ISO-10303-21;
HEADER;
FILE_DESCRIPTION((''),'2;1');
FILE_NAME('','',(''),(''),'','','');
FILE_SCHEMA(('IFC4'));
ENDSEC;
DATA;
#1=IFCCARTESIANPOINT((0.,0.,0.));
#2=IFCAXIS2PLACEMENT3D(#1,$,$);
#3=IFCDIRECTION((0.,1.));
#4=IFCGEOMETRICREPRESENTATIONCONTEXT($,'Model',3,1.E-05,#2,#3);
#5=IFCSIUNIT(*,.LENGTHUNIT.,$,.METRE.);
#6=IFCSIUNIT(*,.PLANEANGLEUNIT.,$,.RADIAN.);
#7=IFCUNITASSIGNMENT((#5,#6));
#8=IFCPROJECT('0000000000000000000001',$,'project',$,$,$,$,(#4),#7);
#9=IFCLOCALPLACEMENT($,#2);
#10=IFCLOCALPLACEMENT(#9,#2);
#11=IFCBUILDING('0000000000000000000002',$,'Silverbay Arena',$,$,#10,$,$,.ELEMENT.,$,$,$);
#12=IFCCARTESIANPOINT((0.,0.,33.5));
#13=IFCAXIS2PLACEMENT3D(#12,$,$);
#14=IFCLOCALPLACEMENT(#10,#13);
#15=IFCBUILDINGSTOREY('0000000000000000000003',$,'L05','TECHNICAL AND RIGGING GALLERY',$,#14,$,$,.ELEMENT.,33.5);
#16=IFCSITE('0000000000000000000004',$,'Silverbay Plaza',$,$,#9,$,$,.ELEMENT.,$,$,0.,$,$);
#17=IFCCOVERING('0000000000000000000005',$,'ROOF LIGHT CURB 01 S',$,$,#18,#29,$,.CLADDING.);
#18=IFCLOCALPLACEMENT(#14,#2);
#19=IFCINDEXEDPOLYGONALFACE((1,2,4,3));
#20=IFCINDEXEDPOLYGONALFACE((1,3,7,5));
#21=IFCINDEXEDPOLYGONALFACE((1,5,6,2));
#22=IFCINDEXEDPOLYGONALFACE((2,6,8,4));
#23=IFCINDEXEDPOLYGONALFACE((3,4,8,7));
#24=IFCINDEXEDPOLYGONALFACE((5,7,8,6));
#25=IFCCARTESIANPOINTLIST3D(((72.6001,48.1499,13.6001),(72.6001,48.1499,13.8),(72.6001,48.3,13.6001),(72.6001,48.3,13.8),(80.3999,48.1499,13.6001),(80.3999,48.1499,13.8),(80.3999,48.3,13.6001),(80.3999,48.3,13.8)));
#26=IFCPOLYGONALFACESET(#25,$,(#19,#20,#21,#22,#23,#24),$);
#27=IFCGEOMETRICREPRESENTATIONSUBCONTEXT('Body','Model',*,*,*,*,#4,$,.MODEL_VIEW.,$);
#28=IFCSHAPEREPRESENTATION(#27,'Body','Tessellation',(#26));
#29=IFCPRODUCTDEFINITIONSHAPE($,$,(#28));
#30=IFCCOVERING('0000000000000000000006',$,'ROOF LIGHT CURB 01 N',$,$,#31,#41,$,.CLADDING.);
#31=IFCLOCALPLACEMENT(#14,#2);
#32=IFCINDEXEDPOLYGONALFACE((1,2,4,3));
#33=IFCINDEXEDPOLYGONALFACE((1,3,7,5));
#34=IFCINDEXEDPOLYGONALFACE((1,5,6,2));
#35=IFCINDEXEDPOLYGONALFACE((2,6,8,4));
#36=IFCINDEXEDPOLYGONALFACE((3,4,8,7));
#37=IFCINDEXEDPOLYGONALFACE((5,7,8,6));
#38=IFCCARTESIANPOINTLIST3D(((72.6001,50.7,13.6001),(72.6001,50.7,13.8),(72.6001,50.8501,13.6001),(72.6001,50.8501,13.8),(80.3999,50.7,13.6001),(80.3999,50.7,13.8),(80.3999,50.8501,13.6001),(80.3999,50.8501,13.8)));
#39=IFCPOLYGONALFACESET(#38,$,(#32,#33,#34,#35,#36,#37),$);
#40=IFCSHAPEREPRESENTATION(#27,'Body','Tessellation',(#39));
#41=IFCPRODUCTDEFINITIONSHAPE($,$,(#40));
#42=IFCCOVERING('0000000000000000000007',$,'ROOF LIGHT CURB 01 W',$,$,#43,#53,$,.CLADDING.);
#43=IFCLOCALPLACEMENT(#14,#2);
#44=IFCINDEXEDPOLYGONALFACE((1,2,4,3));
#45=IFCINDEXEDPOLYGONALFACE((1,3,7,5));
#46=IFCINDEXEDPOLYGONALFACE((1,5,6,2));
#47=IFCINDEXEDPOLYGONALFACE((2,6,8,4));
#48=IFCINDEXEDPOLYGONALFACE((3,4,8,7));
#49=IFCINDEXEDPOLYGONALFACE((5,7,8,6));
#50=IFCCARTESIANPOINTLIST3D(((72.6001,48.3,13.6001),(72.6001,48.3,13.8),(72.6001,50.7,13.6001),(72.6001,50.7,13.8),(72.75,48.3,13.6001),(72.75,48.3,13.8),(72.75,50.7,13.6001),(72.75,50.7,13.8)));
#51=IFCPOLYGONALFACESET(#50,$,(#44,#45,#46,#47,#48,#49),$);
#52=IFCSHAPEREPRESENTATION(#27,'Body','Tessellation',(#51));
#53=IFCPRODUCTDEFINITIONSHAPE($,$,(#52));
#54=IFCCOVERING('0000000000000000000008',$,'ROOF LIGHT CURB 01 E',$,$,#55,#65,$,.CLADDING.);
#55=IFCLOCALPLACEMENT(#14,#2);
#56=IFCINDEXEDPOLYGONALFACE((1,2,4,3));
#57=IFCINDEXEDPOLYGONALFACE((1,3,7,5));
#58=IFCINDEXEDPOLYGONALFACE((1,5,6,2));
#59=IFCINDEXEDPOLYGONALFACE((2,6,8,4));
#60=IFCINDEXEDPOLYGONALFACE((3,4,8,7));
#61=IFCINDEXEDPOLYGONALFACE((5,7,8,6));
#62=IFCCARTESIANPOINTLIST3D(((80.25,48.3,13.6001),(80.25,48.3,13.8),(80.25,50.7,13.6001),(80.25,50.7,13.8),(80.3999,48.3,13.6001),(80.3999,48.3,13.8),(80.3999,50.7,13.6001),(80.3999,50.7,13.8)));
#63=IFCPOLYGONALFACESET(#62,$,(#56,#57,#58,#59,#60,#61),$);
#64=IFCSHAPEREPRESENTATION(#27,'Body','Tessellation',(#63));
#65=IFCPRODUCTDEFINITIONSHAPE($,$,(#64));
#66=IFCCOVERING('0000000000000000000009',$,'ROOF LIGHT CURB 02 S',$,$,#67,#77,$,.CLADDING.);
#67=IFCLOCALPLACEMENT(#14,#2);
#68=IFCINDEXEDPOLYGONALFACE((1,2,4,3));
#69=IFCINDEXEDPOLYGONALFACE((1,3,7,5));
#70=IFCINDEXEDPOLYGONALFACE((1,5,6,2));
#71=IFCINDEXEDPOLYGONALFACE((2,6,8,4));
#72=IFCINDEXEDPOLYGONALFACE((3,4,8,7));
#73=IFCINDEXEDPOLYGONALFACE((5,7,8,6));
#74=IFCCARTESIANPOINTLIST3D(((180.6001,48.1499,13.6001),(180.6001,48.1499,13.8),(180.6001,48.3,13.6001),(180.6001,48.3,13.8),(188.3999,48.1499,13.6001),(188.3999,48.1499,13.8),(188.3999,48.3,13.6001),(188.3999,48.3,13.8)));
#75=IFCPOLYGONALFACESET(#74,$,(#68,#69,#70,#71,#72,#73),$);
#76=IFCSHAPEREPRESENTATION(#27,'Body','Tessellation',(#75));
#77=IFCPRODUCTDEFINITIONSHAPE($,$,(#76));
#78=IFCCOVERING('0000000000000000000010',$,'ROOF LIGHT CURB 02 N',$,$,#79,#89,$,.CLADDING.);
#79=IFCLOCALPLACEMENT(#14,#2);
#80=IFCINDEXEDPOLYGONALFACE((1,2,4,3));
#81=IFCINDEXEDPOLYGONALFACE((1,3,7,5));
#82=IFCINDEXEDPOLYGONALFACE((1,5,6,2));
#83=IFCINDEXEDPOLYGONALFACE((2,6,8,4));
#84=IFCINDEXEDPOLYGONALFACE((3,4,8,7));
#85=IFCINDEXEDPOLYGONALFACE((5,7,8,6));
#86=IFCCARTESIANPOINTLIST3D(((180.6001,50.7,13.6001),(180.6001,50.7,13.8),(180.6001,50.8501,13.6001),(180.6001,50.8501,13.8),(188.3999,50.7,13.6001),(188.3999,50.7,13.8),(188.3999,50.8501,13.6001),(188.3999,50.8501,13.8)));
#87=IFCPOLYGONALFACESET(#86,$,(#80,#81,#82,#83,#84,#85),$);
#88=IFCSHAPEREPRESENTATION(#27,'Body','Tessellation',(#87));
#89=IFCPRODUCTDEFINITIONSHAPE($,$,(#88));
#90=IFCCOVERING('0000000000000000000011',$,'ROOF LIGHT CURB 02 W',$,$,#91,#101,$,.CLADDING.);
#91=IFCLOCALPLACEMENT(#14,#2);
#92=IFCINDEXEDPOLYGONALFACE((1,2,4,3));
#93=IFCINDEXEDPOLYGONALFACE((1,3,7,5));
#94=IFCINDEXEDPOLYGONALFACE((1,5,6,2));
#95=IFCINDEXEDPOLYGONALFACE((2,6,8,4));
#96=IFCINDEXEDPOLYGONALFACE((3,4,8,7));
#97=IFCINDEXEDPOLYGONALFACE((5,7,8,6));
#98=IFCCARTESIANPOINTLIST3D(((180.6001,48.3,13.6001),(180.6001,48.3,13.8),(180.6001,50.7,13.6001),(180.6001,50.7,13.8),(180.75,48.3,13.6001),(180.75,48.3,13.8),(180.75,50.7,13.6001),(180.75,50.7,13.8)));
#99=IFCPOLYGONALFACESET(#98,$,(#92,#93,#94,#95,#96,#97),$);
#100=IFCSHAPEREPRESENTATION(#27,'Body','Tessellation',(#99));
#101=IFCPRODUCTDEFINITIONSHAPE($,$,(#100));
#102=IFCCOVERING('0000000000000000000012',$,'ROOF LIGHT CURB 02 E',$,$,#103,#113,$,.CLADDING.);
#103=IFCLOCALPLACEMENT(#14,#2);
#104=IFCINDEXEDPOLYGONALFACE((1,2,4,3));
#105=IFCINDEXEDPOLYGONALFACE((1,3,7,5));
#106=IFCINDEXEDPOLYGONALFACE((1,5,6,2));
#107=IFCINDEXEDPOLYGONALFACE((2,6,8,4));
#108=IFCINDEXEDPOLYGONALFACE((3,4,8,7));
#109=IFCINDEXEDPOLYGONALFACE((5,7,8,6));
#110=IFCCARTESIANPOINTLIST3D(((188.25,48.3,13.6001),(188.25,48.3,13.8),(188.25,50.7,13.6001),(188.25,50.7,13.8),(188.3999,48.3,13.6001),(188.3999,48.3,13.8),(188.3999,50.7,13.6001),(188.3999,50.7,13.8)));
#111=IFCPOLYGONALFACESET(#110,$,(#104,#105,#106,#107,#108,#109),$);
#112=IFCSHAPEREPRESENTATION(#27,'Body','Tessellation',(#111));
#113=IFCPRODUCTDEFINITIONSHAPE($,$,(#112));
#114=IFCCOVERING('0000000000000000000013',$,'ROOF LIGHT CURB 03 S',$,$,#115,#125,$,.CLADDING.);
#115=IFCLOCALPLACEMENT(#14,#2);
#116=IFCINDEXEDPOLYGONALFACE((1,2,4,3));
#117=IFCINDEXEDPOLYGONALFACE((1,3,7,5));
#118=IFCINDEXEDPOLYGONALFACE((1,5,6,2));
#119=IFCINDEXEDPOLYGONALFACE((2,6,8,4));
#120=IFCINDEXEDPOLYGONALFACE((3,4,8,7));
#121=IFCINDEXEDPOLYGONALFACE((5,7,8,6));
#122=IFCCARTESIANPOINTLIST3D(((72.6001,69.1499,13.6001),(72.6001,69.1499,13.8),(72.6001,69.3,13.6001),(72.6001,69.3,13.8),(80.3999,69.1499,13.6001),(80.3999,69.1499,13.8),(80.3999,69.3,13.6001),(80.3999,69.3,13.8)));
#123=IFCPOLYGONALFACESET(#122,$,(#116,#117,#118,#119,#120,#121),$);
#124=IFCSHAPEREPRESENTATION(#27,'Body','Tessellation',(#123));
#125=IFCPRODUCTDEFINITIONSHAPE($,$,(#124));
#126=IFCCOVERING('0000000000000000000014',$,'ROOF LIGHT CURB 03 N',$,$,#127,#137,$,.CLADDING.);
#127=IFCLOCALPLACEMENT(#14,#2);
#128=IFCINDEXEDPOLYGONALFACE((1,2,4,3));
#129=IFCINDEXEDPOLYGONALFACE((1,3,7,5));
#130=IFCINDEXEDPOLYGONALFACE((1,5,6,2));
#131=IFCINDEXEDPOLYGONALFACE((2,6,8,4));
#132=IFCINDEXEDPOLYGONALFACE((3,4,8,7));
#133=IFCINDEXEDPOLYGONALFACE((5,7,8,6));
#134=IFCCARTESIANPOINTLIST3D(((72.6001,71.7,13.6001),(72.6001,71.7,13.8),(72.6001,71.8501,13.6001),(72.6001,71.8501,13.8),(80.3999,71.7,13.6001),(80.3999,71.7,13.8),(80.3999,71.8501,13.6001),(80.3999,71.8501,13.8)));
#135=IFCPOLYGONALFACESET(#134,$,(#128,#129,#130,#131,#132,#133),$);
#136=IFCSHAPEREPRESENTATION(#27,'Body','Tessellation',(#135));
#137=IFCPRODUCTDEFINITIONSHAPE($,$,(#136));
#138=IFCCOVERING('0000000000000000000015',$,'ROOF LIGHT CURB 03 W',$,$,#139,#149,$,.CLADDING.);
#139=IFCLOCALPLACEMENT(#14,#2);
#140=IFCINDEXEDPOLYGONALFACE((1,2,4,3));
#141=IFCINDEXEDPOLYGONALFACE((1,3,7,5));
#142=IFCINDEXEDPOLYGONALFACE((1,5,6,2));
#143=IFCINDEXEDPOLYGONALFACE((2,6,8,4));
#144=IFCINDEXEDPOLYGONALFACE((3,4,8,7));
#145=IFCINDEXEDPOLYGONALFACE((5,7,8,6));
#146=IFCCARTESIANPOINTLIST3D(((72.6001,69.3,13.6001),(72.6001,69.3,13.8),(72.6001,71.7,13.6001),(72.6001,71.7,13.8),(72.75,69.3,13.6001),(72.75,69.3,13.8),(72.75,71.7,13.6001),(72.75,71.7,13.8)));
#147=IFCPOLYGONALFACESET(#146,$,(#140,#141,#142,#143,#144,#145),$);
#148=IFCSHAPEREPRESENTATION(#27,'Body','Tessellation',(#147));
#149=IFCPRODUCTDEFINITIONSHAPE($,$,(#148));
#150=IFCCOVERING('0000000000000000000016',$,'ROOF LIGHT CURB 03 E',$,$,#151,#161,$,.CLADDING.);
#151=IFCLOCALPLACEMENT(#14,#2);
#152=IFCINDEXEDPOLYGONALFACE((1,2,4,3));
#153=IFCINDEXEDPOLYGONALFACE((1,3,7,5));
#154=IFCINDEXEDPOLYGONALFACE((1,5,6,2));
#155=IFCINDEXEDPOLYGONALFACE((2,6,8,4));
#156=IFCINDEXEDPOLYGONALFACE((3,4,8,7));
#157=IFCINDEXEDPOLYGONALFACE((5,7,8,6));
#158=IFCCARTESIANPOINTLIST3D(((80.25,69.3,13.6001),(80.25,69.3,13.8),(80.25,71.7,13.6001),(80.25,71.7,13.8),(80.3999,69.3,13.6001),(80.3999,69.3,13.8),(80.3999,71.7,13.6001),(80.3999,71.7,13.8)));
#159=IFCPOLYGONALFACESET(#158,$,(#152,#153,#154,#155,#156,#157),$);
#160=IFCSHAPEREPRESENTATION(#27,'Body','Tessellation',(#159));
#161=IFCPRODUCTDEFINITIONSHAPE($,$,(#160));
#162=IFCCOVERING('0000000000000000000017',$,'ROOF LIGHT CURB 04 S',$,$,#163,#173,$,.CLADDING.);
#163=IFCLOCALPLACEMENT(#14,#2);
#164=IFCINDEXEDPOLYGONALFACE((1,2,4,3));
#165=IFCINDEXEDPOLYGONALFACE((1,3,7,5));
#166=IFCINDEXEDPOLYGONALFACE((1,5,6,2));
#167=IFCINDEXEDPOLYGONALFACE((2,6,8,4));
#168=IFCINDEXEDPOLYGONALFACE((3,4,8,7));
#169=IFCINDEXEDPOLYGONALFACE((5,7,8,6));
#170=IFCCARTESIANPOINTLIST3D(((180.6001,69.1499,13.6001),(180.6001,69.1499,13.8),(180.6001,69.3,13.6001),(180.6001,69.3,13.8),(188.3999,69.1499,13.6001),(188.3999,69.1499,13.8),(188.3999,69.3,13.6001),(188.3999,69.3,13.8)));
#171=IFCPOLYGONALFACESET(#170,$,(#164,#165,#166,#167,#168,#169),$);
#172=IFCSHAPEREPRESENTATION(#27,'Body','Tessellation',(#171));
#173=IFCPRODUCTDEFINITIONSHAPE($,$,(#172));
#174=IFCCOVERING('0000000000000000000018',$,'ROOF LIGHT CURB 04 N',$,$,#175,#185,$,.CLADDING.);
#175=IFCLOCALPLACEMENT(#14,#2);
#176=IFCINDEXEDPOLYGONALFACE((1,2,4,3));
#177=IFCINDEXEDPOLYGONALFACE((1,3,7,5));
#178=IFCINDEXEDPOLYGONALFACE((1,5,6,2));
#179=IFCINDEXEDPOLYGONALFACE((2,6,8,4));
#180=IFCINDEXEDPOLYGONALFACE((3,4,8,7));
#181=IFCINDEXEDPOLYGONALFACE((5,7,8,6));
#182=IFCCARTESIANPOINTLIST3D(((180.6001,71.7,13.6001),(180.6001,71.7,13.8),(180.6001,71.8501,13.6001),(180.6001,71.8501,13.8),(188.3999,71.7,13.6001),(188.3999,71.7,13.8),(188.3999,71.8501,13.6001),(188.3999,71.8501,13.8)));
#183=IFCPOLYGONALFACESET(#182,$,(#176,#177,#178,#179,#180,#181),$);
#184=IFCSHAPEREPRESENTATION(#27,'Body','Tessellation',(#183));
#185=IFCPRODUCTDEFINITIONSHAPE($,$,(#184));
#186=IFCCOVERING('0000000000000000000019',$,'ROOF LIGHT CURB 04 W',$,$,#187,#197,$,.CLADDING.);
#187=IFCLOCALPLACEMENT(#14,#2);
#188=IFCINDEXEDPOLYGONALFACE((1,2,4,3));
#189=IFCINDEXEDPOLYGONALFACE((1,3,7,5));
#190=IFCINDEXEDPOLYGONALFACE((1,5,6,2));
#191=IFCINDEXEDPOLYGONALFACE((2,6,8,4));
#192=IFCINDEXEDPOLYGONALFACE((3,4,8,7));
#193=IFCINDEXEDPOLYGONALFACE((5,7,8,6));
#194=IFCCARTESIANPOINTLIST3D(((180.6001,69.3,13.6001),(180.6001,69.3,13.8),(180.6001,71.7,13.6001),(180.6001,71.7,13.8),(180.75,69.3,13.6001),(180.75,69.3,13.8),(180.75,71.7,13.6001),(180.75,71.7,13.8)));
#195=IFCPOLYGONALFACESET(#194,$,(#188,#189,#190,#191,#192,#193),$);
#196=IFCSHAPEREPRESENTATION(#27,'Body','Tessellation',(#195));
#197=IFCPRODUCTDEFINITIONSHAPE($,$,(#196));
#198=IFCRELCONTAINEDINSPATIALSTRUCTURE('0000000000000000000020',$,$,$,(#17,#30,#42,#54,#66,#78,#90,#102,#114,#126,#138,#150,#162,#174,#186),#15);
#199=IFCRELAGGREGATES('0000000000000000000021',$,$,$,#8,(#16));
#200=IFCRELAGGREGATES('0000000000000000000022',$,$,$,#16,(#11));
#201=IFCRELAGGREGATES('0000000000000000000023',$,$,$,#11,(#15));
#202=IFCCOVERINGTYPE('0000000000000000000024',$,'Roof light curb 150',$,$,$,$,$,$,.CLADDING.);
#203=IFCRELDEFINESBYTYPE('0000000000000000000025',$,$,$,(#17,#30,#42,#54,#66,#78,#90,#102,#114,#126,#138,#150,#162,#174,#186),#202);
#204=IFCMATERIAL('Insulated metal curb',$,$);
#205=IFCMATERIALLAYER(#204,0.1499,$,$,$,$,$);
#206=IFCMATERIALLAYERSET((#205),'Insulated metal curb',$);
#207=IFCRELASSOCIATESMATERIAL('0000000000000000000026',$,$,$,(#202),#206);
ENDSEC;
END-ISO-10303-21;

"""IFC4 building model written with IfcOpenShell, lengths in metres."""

from ifc_helpers import new_model, si_unit, direction, frame, origin, place, context, subcontext, project, spatial, polyline, outline, extrude, material, layer, layer_set, type_object, element, save


model = new_model("IFC4")

# Units and contexts
model_context = context("Model", 3, precision=1e-05, world=origin(), true_north=direction((0.0, 1.0)))
body_context = subcontext(model_context, "Body", "Model", "MODEL_VIEW")
ifc_project = project(units=[si_unit("LENGTHUNIT", "METRE"), si_unit("PLANEANGLEUNIT", "RADIAN")], contexts=[model_context])

# Site, building, storey
site_placement = place(None, origin())
site = spatial("IfcSite", under=ifc_project, at=site_placement, Name="Silverbay Plaza", CompositionType="ELEMENT", RefElevation=0.0)
building_placement = place(site_placement, origin())
building = spatial("IfcBuilding", under=site, at=building_placement, Name="Silverbay Arena", CompositionType="ELEMENT")
storey_placement = place(building_placement, frame((0.0, 0.0, 33.5)))
storey = spatial("IfcBuildingStorey", under=building, at=storey_placement, Name="L05", Description="TECHNICAL AND RIGGING GALLERY", CompositionType="ELEMENT", Elevation=33.5)

# Coverings
ifc_material_1 = material(Name="Insulated metal curb")
ifc_layer_1 = layer(ifc_material_1, 0.1499)
ifc_layer_set_1 = layer_set([ifc_layer_1], Name="Insulated metal curb")
covering_type_1 = type_object("IfcCoveringType", Name="Roof light curb 150", PredefinedType="CLADDING", material=ifc_layer_set_1)
covering_1_placement = place(storey_placement, frame((0.0, 0.0, 13.6001)))
element("IfcCovering", 1, at=covering_1_placement, inside=storey, type_object=covering_type_1, Name="ROOF LIGHT CURB 01 S", PredefinedType="CLADDING", context=body_context, shape_type="SweptSolid", body=[
    extrude(outline(polyline([(72.6001, 48.1499), (80.3999, 48.1499), (80.3999, 48.3), (72.6001, 48.3), (72.6001, 48.1499)])), origin(), (0.0, 0.0, 1.0), 0.2),
])
covering_2_placement = place(storey_placement, frame((0.0, 0.0, 13.6001)))
element("IfcCovering", 2, at=covering_2_placement, inside=storey, type_object=covering_type_1, Name="ROOF LIGHT CURB 01 N", PredefinedType="CLADDING", context=body_context, shape_type="SweptSolid", body=[
    extrude(outline(polyline([(72.6001, 50.7), (80.3999, 50.7), (80.3999, 50.8501), (72.6001, 50.8501), (72.6001, 50.7)])), origin(), (0.0, 0.0, 1.0), 0.2),
])
covering_3_placement = place(storey_placement, frame((0.0, 0.0, 13.6001)))
element("IfcCovering", 3, at=covering_3_placement, inside=storey, type_object=covering_type_1, Name="ROOF LIGHT CURB 01 W", PredefinedType="CLADDING", context=body_context, shape_type="SweptSolid", body=[
    extrude(outline(polyline([(72.6001, 48.3), (72.75, 48.3), (72.75, 50.7), (72.6001, 50.7), (72.6001, 48.3)])), origin(), (0.0, 0.0, 1.0), 0.2),
])
covering_4_placement = place(storey_placement, frame((0.0, 0.0, 13.6001)))
element("IfcCovering", 4, at=covering_4_placement, inside=storey, type_object=covering_type_1, Name="ROOF LIGHT CURB 01 E", PredefinedType="CLADDING", context=body_context, shape_type="SweptSolid", body=[
    extrude(outline(polyline([(80.25, 48.3), (80.3999, 48.3), (80.3999, 50.7), (80.25, 50.7), (80.25, 48.3)])), origin(), (0.0, 0.0, 1.0), 0.2),
])
covering_5_placement = place(storey_placement, frame((0.0, 0.0, 13.6001)))
element("IfcCovering", 5, at=covering_5_placement, inside=storey, type_object=covering_type_1, Name="ROOF LIGHT CURB 02 S", PredefinedType="CLADDING", context=body_context, shape_type="SweptSolid", body=[
    extrude(outline(polyline([(180.6001, 48.1499), (188.3999, 48.1499), (188.3999, 48.3), (180.6001, 48.3), (180.6001, 48.1499)])), origin(), (0.0, 0.0, 1.0), 0.2),
])
covering_6_placement = place(storey_placement, frame((0.0, 0.0, 13.6001)))
element("IfcCovering", 6, at=covering_6_placement, inside=storey, type_object=covering_type_1, Name="ROOF LIGHT CURB 02 N", PredefinedType="CLADDING", context=body_context, shape_type="SweptSolid", body=[
    extrude(outline(polyline([(180.6001, 50.7), (188.3999, 50.7), (188.3999, 50.8501), (180.6001, 50.8501), (180.6001, 50.7)])), origin(), (0.0, 0.0, 1.0), 0.2),
])
covering_7_placement = place(storey_placement, frame((0.0, 0.0, 13.6001)))
element("IfcCovering", 7, at=covering_7_placement, inside=storey, type_object=covering_type_1, Name="ROOF LIGHT CURB 02 W", PredefinedType="CLADDING", context=body_context, shape_type="SweptSolid", body=[
    extrude(outline(polyline([(180.6001, 48.3), (180.75, 48.3), (180.75, 50.7), (180.6001, 50.7), (180.6001, 48.3)])), origin(), (0.0, 0.0, 1.0), 0.2),
])
covering_8_placement = place(storey_placement, frame((0.0, 0.0, 13.6001)))
element("IfcCovering", 8, at=covering_8_placement, inside=storey, type_object=covering_type_1, Name="ROOF LIGHT CURB 02 E", PredefinedType="CLADDING", context=body_context, shape_type="SweptSolid", body=[
    extrude(outline(polyline([(188.25, 48.3), (188.3999, 48.3), (188.3999, 50.7), (188.25, 50.7), (188.25, 48.3)])), origin(), (0.0, 0.0, 1.0), 0.2),
])
covering_9_placement = place(storey_placement, frame((0.0, 0.0, 13.6001)))
element("IfcCovering", 9, at=covering_9_placement, inside=storey, type_object=covering_type_1, Name="ROOF LIGHT CURB 03 S", PredefinedType="CLADDING", context=body_context, shape_type="SweptSolid", body=[
    extrude(outline(polyline([(72.6001, 69.1499), (80.3999, 69.1499), (80.3999, 69.3), (72.6001, 69.3), (72.6001, 69.1499)])), origin(), (0.0, 0.0, 1.0), 0.2),
])
covering_10_placement = place(storey_placement, frame((0.0, 0.0, 13.6001)))
element("IfcCovering", 10, at=covering_10_placement, inside=storey, type_object=covering_type_1, Name="ROOF LIGHT CURB 03 N", PredefinedType="CLADDING", context=body_context, shape_type="SweptSolid", body=[
    extrude(outline(polyline([(72.6001, 71.7), (80.3999, 71.7), (80.3999, 71.8501), (72.6001, 71.8501), (72.6001, 71.7)])), origin(), (0.0, 0.0, 1.0), 0.2),
])
covering_11_placement = place(storey_placement, frame((0.0, 0.0, 13.6001)))
element("IfcCovering", 11, at=covering_11_placement, inside=storey, type_object=covering_type_1, Name="ROOF LIGHT CURB 03 W", PredefinedType="CLADDING", context=body_context, shape_type="SweptSolid", body=[
    extrude(outline(polyline([(72.6001, 69.3), (72.75, 69.3), (72.75, 71.7), (72.6001, 71.7), (72.6001, 69.3)])), origin(), (0.0, 0.0, 1.0), 0.2),
])
covering_12_placement = place(storey_placement, frame((0.0, 0.0, 13.6001)))
element("IfcCovering", 12, at=covering_12_placement, inside=storey, type_object=covering_type_1, Name="ROOF LIGHT CURB 03 E", PredefinedType="CLADDING", context=body_context, shape_type="SweptSolid", body=[
    extrude(outline(polyline([(80.25, 69.3), (80.3999, 69.3), (80.3999, 71.7), (80.25, 71.7), (80.25, 69.3)])), origin(), (0.0, 0.0, 1.0), 0.2),
])
covering_13_placement = place(storey_placement, frame((0.0, 0.0, 13.6001)))
element("IfcCovering", 13, at=covering_13_placement, inside=storey, type_object=covering_type_1, Name="ROOF LIGHT CURB 04 S", PredefinedType="CLADDING", context=body_context, shape_type="SweptSolid", body=[
    extrude(outline(polyline([(180.6001, 69.1499), (188.3999, 69.1499), (188.3999, 69.3), (180.6001, 69.3), (180.6001, 69.1499)])), origin(), (0.0, 0.0, 1.0), 0.2),
])
covering_14_placement = place(storey_placement, frame((0.0, 0.0, 13.6001)))
element("IfcCovering", 14, at=covering_14_placement, inside=storey, type_object=covering_type_1, Name="ROOF LIGHT CURB 04 N", PredefinedType="CLADDING", context=body_context, shape_type="SweptSolid", body=[
    extrude(outline(polyline([(180.6001, 71.7), (188.3999, 71.7), (188.3999, 71.8501), (180.6001, 71.8501), (180.6001, 71.7)])), origin(), (0.0, 0.0, 1.0), 0.2),
])
covering_15_placement = place(storey_placement, frame((0.0, 0.0, 13.6001)))
element("IfcCovering", 15, at=covering_15_placement, inside=storey, type_object=covering_type_1, Name="ROOF LIGHT CURB 04 W", PredefinedType="CLADDING", context=body_context, shape_type="SweptSolid", body=[
    extrude(outline(polyline([(180.6001, 69.3), (180.75, 69.3), (180.75, 71.7), (180.6001, 71.7), (180.6001, 69.3)])), origin(), (0.0, 0.0, 1.0), 0.2),
])

save(model, "model.ifc")
